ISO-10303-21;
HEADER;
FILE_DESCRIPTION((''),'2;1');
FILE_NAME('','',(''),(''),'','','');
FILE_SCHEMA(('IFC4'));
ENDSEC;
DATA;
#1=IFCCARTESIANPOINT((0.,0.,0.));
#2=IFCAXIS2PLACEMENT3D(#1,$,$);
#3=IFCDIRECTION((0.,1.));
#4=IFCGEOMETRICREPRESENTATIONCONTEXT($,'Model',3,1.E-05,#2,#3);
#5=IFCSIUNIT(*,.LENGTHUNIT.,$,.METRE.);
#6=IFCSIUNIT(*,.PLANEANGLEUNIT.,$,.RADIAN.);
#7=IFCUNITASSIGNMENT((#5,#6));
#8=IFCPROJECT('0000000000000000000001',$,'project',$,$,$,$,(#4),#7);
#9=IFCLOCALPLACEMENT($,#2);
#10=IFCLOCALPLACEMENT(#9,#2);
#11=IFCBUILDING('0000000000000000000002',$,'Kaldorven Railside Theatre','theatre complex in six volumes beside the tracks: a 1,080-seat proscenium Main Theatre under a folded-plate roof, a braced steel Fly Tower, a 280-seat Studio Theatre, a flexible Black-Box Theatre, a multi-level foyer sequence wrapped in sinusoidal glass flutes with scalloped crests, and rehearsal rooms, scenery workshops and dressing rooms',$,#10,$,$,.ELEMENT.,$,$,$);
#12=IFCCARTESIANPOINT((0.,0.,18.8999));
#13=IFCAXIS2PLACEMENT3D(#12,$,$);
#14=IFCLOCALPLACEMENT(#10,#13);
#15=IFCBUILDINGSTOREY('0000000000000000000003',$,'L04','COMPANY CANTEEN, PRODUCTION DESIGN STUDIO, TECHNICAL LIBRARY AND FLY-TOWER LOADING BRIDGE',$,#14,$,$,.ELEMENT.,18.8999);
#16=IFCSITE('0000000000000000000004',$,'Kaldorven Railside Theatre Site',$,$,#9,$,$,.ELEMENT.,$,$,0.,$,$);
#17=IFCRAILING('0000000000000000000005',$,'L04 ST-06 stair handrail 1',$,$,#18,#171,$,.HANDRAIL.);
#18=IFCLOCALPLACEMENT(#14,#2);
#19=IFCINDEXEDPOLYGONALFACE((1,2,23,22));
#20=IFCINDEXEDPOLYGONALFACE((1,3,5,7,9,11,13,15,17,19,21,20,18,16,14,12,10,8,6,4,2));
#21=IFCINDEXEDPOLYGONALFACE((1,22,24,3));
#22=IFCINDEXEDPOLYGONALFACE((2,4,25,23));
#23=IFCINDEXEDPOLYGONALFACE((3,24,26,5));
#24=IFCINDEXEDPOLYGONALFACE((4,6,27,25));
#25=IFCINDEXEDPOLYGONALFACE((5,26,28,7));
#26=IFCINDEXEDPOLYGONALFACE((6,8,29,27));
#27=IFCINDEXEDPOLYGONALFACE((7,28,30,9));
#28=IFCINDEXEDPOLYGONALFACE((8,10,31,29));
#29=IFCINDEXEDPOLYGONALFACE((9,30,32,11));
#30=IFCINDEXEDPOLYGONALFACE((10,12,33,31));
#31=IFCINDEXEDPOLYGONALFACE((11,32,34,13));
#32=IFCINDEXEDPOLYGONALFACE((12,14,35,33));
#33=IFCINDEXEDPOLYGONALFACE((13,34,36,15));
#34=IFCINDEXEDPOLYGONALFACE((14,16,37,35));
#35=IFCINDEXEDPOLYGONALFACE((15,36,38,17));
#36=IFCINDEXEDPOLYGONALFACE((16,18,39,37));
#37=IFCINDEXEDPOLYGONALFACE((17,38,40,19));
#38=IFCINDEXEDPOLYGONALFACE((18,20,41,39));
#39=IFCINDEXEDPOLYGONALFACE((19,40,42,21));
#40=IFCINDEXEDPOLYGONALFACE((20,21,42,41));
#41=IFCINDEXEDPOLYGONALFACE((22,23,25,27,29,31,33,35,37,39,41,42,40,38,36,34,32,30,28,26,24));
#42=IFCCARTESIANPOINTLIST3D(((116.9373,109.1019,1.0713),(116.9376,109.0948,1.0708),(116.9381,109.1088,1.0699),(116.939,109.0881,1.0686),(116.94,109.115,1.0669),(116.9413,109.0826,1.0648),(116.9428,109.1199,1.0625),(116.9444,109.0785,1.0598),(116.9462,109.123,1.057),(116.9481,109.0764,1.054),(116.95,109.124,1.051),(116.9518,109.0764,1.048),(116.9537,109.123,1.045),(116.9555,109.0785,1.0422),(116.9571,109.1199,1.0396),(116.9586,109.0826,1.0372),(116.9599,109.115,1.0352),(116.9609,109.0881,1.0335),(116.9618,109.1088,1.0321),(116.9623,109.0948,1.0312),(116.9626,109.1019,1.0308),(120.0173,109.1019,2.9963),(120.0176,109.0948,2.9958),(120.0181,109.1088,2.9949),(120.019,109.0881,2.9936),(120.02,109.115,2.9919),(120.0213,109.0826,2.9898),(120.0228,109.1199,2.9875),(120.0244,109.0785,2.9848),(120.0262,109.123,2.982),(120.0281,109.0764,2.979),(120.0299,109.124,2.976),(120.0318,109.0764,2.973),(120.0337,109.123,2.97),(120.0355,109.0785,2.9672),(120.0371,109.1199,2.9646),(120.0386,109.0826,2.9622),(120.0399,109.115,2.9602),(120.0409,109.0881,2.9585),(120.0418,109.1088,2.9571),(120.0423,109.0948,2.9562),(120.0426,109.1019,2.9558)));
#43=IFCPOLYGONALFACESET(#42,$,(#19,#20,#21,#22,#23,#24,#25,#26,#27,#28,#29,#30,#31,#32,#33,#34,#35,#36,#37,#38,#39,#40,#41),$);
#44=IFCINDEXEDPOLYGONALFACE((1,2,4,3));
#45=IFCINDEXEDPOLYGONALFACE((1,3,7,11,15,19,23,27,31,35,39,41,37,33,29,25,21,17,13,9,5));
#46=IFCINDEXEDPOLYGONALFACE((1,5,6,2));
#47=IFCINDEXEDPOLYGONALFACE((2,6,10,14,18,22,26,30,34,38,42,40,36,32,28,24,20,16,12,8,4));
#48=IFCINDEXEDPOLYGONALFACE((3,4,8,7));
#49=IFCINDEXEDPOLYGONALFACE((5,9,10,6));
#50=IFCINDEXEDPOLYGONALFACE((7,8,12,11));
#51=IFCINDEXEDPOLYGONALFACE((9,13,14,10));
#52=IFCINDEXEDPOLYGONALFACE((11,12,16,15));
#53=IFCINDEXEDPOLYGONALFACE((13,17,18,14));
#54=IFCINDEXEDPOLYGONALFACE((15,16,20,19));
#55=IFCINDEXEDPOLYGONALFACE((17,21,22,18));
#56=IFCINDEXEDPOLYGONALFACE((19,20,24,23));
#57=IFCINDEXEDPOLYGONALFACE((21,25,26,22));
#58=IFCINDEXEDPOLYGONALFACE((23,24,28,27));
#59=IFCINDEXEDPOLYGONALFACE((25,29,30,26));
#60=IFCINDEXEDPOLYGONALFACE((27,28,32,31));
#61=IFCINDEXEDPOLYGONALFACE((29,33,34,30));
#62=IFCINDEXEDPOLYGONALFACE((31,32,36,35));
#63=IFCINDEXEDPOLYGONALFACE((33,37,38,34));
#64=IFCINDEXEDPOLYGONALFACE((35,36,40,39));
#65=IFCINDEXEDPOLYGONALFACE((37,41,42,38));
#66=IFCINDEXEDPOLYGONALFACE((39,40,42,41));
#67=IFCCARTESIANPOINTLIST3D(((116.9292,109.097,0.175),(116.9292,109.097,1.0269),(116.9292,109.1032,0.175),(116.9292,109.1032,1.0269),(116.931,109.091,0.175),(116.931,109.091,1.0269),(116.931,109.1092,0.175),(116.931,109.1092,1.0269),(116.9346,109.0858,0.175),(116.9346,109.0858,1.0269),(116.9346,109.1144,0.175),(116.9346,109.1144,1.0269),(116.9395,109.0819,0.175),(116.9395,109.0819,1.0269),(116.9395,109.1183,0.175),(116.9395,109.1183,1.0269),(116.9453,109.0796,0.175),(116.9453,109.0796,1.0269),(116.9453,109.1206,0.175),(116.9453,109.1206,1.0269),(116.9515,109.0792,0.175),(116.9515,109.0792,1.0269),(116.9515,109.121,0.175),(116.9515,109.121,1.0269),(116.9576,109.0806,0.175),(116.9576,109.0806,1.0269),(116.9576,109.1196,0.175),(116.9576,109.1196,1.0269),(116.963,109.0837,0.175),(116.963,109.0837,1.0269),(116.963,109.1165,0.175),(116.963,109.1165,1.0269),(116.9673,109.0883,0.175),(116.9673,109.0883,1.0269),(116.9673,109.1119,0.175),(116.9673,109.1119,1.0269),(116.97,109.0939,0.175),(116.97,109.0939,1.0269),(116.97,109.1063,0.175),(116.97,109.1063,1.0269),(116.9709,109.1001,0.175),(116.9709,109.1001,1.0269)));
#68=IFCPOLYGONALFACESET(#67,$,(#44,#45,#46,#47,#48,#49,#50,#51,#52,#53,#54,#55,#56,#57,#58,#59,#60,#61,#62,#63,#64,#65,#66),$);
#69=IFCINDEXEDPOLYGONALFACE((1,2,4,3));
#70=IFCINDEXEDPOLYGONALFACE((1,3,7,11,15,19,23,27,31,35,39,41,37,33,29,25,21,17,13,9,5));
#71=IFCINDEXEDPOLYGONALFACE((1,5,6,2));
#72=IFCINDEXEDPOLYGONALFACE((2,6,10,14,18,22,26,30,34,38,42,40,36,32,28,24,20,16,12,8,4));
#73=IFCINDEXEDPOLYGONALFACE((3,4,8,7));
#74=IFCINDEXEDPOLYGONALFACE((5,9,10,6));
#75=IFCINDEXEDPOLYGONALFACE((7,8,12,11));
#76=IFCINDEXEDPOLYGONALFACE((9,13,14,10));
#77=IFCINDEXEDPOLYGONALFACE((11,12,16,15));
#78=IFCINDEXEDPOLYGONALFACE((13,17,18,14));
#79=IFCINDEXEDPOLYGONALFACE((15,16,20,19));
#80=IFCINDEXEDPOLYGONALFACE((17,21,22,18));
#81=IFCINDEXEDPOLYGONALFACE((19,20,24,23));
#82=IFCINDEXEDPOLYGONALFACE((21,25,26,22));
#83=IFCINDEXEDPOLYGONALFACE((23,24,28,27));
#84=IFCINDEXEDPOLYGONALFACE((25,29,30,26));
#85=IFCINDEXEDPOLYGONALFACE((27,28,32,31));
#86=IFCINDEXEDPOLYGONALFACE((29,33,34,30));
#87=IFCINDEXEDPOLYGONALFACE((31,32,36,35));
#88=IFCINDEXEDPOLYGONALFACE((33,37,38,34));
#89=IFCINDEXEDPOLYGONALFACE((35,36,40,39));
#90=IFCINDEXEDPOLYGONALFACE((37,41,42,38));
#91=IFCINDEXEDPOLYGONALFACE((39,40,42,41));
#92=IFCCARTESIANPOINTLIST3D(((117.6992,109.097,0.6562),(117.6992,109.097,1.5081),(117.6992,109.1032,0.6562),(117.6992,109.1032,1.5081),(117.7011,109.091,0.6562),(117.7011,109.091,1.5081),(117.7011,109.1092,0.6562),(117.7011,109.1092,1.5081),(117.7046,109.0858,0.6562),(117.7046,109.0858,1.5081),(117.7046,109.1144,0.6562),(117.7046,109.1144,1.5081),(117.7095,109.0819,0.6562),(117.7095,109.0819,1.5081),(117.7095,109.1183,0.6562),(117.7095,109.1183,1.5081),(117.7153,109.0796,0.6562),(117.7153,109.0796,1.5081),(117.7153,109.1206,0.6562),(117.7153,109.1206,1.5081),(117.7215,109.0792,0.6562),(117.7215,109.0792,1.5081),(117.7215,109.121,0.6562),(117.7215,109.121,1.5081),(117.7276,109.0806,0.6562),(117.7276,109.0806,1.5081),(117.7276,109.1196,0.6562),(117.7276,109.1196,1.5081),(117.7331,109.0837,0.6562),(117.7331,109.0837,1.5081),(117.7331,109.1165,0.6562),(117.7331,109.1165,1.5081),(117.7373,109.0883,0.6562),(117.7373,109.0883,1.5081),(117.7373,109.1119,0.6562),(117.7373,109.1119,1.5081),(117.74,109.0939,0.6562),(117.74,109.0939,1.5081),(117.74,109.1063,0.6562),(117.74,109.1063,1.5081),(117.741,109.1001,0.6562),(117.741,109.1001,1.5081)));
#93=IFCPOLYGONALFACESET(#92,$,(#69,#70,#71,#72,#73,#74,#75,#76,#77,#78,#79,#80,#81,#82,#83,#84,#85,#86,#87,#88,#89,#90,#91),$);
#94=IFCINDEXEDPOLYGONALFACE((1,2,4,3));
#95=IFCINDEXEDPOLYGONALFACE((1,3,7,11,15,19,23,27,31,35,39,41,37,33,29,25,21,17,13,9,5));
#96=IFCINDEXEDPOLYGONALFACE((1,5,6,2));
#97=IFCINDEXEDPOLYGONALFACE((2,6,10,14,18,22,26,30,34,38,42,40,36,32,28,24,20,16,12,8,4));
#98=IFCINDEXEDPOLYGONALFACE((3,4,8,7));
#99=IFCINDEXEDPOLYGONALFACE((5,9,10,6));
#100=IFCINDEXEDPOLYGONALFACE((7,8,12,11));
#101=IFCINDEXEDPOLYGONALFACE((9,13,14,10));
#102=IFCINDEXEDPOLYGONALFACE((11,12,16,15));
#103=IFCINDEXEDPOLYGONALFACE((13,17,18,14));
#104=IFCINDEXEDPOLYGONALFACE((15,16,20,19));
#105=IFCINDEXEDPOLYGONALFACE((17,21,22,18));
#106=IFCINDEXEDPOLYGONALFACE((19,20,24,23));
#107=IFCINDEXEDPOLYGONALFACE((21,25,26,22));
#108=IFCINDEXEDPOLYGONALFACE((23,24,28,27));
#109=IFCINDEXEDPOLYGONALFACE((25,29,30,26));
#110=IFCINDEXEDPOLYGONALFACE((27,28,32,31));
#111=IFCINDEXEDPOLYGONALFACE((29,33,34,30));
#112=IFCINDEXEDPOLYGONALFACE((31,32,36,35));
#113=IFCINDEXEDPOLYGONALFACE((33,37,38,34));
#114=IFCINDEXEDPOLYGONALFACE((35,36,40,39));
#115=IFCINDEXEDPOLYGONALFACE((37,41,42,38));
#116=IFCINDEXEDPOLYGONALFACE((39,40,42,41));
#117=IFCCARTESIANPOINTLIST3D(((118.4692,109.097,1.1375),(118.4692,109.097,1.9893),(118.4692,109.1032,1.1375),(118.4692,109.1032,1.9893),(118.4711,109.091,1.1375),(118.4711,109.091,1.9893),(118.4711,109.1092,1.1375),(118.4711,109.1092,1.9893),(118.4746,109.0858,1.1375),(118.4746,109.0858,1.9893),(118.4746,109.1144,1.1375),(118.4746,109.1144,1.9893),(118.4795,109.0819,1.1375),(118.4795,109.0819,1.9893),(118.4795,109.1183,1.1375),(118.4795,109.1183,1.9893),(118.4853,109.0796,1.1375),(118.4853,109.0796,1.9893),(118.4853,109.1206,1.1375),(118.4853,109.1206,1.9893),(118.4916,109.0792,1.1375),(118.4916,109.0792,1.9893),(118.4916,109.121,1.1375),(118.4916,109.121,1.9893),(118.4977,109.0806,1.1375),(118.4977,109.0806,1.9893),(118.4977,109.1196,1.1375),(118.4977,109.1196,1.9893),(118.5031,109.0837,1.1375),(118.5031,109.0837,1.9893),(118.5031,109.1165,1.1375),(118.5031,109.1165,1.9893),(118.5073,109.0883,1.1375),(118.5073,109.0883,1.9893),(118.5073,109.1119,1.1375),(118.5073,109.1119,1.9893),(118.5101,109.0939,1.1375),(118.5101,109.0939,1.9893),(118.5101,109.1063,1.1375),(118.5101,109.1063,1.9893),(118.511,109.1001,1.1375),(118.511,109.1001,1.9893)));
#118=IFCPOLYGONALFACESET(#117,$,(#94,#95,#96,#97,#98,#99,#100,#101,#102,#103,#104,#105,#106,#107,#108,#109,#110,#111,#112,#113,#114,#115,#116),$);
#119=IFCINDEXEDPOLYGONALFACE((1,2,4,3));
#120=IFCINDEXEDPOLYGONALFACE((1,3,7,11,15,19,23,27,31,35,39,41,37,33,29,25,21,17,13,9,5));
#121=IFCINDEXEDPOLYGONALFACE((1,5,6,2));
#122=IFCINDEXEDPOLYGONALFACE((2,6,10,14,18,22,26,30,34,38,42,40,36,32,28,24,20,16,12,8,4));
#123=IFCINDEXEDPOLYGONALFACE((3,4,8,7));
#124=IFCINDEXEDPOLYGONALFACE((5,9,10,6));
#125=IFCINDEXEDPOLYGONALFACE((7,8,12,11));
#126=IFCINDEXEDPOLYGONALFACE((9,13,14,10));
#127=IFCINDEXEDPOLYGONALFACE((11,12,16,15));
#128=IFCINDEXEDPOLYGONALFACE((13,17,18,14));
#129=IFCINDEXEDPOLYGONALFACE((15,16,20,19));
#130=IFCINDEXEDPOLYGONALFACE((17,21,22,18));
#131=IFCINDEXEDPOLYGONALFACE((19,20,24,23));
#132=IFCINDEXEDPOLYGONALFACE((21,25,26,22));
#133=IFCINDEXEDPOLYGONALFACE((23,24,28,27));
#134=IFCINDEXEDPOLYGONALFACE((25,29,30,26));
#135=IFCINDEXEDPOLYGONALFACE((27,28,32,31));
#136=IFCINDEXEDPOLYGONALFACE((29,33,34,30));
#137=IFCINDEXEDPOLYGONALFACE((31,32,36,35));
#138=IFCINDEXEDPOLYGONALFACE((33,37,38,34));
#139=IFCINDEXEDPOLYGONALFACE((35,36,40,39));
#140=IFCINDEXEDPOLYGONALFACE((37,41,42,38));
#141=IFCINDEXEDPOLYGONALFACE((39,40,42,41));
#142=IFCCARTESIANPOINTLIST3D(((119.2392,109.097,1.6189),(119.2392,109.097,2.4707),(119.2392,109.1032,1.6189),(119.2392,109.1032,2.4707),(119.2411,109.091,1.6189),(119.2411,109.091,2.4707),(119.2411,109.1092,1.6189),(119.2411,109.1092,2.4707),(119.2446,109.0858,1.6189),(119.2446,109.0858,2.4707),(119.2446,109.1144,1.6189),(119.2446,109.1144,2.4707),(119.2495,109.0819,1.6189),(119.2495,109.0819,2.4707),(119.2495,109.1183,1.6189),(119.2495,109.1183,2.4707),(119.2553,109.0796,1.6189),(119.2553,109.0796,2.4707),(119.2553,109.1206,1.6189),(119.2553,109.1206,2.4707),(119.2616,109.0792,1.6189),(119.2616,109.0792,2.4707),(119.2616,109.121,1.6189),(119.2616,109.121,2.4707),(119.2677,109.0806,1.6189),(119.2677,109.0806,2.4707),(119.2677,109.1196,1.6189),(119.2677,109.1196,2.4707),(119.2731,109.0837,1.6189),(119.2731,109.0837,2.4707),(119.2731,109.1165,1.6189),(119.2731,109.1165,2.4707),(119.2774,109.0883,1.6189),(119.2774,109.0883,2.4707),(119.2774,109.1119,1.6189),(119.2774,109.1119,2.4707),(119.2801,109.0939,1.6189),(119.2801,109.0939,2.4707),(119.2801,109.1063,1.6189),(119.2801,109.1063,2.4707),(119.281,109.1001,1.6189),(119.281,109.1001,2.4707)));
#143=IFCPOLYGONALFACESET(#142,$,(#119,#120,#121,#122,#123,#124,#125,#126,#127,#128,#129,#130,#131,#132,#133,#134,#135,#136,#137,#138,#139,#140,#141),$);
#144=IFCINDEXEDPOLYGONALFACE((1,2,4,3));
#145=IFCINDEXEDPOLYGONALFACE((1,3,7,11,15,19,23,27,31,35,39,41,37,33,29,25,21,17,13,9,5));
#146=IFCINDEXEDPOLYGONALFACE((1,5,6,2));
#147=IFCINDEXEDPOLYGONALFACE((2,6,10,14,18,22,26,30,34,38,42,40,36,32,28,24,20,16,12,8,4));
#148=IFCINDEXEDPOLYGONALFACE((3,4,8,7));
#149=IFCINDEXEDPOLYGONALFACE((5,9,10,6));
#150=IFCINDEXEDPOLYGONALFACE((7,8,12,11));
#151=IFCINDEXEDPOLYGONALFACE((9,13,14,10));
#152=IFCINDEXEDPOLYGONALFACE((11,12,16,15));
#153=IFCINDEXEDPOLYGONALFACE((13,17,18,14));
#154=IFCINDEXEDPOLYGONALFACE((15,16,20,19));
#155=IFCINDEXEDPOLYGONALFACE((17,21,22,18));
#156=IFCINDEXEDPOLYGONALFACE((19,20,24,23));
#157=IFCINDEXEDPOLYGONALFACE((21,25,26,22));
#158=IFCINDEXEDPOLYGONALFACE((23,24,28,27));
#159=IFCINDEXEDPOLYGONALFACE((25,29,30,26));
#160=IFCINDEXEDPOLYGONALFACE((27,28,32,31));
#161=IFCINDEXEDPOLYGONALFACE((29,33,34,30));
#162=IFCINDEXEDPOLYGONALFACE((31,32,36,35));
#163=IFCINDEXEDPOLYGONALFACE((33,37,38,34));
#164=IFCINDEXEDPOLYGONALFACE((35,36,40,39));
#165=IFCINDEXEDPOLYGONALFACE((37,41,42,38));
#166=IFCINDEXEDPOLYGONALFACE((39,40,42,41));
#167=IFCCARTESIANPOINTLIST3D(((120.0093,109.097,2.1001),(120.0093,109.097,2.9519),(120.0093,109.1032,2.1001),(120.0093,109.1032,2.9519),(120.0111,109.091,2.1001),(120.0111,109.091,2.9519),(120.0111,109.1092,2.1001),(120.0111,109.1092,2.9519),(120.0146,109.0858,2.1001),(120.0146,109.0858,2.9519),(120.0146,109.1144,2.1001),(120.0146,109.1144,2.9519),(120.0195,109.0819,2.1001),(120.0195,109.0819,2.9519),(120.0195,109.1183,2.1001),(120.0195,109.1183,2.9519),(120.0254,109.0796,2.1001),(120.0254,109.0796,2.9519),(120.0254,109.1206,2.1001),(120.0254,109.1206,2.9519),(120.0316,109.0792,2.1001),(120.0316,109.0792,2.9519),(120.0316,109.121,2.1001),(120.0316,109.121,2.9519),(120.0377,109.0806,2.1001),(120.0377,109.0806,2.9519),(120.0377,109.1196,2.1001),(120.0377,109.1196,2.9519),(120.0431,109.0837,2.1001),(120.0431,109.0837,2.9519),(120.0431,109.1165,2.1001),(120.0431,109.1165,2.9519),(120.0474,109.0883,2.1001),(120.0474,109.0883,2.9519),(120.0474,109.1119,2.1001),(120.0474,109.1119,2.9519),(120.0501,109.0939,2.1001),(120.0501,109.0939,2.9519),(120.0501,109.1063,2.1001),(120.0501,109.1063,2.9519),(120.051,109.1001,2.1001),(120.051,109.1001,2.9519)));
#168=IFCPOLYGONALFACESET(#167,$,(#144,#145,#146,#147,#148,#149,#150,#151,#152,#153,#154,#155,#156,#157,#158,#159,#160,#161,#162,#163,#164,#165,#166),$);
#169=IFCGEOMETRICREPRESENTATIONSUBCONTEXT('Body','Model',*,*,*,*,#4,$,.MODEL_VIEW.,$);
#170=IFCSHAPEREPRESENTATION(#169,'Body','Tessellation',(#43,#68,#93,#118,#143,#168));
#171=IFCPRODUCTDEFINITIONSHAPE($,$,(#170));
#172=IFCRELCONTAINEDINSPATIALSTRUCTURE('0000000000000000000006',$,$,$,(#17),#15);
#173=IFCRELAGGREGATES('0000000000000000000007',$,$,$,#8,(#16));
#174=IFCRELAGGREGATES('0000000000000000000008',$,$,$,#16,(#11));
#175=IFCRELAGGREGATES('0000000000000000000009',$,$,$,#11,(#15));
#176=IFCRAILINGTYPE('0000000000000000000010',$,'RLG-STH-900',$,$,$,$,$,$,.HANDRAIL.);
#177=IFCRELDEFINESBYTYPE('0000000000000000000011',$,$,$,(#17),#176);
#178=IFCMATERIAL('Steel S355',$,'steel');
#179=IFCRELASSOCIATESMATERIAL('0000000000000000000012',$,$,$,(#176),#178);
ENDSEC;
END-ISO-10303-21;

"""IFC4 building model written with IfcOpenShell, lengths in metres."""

from ifc_helpers import new_model, si_unit, direction, frame, origin, origin_2d, place, context, subcontext, project, spatial, circle, extrude, material, type_object, element, save


model = new_model("IFC4")

# Units and contexts
model_context = context("Model", 3, precision=1e-05, world=origin(), true_north=direction((0.0, 1.0)))
body_context = subcontext(model_context, "Body", "Model", "MODEL_VIEW")
ifc_project = project(units=[si_unit("LENGTHUNIT", "METRE"), si_unit("PLANEANGLEUNIT", "RADIAN")], contexts=[model_context])

# Site, building, storey
site_placement = place(None, origin())
site = spatial("IfcSite", under=ifc_project, at=site_placement, Name="Kaldorven Railside Theatre Site", CompositionType="ELEMENT", RefElevation=0.0)
building_placement = place(site_placement, origin())
building = spatial("IfcBuilding", under=site, at=building_placement, Name="Kaldorven Railside Theatre", Description="theatre complex in six volumes beside the tracks: a 1,080-seat proscenium Main Theatre under a folded-plate roof, a braced steel Fly Tower, a 280-seat Studio Theatre, a flexible Black-Box Theatre, a multi-level foyer sequence wrapped in sinusoidal glass flutes with scalloped crests, and rehearsal rooms, scenery workshops and dressing rooms", CompositionType="ELEMENT")
storey_placement = place(building_placement, frame((0.0, 0.0, 18.8999)))
storey = spatial("IfcBuildingStorey", under=building, at=storey_placement, Name="L04", Description="COMPANY CANTEEN, PRODUCTION DESIGN STUDIO, TECHNICAL LIBRARY AND FLY-TOWER LOADING BRIDGE", CompositionType="ELEMENT", Elevation=18.8999)

# Shared definitions
ifc_material_1 = material(Name="Steel S355", Category="steel")

# Railing
railing_type_1 = type_object("IfcRailingType", Name="RLG-STH-900", PredefinedType="HANDRAIL", material=ifc_material_1)
railing_1_placement = place(storey_placement, frame((116.95, 109.1001, 0.175)))
element("IfcRailing", 1, at=railing_1_placement, inside=storey, type_object=railing_type_1, Name="L04 ST-06 stair handrail 1", PredefinedType="HANDRAIL", context=body_context, shape_type="SweptSolid", body=[
    extrude(circle(Radius=0.0239, at=origin_2d()), frame((0.0, 0.0, 0.876), z_axis=(0.847998, 0.0, 0.529999), x_axis=(0.0, 1.0, 0.0)), (0.0, 0.0, 1.0), 3.6321),
    extrude(circle(Radius=0.021, at=origin_2d()), origin(), (0.0, 0.0, 1.0), 0.8518),
    extrude(circle(Radius=0.021, at=origin_2d()), frame((0.77, 0.0, 0.4812)), (0.0, 0.0, 1.0), 0.8518),
    extrude(circle(Radius=0.021, at=origin_2d()), frame((1.54, 0.0, 0.9624)), (0.0, 0.0, 1.0), 0.8518),
    extrude(circle(Radius=0.021, at=origin_2d()), frame((2.3101, 0.0, 1.4438)), (0.0, 0.0, 1.0), 0.8518),
    extrude(circle(Radius=0.021, at=origin_2d()), frame((3.0801, 0.0, 1.925)), (0.0, 0.0, 1.0), 0.8518),
])

save(model, "model.ifc")
